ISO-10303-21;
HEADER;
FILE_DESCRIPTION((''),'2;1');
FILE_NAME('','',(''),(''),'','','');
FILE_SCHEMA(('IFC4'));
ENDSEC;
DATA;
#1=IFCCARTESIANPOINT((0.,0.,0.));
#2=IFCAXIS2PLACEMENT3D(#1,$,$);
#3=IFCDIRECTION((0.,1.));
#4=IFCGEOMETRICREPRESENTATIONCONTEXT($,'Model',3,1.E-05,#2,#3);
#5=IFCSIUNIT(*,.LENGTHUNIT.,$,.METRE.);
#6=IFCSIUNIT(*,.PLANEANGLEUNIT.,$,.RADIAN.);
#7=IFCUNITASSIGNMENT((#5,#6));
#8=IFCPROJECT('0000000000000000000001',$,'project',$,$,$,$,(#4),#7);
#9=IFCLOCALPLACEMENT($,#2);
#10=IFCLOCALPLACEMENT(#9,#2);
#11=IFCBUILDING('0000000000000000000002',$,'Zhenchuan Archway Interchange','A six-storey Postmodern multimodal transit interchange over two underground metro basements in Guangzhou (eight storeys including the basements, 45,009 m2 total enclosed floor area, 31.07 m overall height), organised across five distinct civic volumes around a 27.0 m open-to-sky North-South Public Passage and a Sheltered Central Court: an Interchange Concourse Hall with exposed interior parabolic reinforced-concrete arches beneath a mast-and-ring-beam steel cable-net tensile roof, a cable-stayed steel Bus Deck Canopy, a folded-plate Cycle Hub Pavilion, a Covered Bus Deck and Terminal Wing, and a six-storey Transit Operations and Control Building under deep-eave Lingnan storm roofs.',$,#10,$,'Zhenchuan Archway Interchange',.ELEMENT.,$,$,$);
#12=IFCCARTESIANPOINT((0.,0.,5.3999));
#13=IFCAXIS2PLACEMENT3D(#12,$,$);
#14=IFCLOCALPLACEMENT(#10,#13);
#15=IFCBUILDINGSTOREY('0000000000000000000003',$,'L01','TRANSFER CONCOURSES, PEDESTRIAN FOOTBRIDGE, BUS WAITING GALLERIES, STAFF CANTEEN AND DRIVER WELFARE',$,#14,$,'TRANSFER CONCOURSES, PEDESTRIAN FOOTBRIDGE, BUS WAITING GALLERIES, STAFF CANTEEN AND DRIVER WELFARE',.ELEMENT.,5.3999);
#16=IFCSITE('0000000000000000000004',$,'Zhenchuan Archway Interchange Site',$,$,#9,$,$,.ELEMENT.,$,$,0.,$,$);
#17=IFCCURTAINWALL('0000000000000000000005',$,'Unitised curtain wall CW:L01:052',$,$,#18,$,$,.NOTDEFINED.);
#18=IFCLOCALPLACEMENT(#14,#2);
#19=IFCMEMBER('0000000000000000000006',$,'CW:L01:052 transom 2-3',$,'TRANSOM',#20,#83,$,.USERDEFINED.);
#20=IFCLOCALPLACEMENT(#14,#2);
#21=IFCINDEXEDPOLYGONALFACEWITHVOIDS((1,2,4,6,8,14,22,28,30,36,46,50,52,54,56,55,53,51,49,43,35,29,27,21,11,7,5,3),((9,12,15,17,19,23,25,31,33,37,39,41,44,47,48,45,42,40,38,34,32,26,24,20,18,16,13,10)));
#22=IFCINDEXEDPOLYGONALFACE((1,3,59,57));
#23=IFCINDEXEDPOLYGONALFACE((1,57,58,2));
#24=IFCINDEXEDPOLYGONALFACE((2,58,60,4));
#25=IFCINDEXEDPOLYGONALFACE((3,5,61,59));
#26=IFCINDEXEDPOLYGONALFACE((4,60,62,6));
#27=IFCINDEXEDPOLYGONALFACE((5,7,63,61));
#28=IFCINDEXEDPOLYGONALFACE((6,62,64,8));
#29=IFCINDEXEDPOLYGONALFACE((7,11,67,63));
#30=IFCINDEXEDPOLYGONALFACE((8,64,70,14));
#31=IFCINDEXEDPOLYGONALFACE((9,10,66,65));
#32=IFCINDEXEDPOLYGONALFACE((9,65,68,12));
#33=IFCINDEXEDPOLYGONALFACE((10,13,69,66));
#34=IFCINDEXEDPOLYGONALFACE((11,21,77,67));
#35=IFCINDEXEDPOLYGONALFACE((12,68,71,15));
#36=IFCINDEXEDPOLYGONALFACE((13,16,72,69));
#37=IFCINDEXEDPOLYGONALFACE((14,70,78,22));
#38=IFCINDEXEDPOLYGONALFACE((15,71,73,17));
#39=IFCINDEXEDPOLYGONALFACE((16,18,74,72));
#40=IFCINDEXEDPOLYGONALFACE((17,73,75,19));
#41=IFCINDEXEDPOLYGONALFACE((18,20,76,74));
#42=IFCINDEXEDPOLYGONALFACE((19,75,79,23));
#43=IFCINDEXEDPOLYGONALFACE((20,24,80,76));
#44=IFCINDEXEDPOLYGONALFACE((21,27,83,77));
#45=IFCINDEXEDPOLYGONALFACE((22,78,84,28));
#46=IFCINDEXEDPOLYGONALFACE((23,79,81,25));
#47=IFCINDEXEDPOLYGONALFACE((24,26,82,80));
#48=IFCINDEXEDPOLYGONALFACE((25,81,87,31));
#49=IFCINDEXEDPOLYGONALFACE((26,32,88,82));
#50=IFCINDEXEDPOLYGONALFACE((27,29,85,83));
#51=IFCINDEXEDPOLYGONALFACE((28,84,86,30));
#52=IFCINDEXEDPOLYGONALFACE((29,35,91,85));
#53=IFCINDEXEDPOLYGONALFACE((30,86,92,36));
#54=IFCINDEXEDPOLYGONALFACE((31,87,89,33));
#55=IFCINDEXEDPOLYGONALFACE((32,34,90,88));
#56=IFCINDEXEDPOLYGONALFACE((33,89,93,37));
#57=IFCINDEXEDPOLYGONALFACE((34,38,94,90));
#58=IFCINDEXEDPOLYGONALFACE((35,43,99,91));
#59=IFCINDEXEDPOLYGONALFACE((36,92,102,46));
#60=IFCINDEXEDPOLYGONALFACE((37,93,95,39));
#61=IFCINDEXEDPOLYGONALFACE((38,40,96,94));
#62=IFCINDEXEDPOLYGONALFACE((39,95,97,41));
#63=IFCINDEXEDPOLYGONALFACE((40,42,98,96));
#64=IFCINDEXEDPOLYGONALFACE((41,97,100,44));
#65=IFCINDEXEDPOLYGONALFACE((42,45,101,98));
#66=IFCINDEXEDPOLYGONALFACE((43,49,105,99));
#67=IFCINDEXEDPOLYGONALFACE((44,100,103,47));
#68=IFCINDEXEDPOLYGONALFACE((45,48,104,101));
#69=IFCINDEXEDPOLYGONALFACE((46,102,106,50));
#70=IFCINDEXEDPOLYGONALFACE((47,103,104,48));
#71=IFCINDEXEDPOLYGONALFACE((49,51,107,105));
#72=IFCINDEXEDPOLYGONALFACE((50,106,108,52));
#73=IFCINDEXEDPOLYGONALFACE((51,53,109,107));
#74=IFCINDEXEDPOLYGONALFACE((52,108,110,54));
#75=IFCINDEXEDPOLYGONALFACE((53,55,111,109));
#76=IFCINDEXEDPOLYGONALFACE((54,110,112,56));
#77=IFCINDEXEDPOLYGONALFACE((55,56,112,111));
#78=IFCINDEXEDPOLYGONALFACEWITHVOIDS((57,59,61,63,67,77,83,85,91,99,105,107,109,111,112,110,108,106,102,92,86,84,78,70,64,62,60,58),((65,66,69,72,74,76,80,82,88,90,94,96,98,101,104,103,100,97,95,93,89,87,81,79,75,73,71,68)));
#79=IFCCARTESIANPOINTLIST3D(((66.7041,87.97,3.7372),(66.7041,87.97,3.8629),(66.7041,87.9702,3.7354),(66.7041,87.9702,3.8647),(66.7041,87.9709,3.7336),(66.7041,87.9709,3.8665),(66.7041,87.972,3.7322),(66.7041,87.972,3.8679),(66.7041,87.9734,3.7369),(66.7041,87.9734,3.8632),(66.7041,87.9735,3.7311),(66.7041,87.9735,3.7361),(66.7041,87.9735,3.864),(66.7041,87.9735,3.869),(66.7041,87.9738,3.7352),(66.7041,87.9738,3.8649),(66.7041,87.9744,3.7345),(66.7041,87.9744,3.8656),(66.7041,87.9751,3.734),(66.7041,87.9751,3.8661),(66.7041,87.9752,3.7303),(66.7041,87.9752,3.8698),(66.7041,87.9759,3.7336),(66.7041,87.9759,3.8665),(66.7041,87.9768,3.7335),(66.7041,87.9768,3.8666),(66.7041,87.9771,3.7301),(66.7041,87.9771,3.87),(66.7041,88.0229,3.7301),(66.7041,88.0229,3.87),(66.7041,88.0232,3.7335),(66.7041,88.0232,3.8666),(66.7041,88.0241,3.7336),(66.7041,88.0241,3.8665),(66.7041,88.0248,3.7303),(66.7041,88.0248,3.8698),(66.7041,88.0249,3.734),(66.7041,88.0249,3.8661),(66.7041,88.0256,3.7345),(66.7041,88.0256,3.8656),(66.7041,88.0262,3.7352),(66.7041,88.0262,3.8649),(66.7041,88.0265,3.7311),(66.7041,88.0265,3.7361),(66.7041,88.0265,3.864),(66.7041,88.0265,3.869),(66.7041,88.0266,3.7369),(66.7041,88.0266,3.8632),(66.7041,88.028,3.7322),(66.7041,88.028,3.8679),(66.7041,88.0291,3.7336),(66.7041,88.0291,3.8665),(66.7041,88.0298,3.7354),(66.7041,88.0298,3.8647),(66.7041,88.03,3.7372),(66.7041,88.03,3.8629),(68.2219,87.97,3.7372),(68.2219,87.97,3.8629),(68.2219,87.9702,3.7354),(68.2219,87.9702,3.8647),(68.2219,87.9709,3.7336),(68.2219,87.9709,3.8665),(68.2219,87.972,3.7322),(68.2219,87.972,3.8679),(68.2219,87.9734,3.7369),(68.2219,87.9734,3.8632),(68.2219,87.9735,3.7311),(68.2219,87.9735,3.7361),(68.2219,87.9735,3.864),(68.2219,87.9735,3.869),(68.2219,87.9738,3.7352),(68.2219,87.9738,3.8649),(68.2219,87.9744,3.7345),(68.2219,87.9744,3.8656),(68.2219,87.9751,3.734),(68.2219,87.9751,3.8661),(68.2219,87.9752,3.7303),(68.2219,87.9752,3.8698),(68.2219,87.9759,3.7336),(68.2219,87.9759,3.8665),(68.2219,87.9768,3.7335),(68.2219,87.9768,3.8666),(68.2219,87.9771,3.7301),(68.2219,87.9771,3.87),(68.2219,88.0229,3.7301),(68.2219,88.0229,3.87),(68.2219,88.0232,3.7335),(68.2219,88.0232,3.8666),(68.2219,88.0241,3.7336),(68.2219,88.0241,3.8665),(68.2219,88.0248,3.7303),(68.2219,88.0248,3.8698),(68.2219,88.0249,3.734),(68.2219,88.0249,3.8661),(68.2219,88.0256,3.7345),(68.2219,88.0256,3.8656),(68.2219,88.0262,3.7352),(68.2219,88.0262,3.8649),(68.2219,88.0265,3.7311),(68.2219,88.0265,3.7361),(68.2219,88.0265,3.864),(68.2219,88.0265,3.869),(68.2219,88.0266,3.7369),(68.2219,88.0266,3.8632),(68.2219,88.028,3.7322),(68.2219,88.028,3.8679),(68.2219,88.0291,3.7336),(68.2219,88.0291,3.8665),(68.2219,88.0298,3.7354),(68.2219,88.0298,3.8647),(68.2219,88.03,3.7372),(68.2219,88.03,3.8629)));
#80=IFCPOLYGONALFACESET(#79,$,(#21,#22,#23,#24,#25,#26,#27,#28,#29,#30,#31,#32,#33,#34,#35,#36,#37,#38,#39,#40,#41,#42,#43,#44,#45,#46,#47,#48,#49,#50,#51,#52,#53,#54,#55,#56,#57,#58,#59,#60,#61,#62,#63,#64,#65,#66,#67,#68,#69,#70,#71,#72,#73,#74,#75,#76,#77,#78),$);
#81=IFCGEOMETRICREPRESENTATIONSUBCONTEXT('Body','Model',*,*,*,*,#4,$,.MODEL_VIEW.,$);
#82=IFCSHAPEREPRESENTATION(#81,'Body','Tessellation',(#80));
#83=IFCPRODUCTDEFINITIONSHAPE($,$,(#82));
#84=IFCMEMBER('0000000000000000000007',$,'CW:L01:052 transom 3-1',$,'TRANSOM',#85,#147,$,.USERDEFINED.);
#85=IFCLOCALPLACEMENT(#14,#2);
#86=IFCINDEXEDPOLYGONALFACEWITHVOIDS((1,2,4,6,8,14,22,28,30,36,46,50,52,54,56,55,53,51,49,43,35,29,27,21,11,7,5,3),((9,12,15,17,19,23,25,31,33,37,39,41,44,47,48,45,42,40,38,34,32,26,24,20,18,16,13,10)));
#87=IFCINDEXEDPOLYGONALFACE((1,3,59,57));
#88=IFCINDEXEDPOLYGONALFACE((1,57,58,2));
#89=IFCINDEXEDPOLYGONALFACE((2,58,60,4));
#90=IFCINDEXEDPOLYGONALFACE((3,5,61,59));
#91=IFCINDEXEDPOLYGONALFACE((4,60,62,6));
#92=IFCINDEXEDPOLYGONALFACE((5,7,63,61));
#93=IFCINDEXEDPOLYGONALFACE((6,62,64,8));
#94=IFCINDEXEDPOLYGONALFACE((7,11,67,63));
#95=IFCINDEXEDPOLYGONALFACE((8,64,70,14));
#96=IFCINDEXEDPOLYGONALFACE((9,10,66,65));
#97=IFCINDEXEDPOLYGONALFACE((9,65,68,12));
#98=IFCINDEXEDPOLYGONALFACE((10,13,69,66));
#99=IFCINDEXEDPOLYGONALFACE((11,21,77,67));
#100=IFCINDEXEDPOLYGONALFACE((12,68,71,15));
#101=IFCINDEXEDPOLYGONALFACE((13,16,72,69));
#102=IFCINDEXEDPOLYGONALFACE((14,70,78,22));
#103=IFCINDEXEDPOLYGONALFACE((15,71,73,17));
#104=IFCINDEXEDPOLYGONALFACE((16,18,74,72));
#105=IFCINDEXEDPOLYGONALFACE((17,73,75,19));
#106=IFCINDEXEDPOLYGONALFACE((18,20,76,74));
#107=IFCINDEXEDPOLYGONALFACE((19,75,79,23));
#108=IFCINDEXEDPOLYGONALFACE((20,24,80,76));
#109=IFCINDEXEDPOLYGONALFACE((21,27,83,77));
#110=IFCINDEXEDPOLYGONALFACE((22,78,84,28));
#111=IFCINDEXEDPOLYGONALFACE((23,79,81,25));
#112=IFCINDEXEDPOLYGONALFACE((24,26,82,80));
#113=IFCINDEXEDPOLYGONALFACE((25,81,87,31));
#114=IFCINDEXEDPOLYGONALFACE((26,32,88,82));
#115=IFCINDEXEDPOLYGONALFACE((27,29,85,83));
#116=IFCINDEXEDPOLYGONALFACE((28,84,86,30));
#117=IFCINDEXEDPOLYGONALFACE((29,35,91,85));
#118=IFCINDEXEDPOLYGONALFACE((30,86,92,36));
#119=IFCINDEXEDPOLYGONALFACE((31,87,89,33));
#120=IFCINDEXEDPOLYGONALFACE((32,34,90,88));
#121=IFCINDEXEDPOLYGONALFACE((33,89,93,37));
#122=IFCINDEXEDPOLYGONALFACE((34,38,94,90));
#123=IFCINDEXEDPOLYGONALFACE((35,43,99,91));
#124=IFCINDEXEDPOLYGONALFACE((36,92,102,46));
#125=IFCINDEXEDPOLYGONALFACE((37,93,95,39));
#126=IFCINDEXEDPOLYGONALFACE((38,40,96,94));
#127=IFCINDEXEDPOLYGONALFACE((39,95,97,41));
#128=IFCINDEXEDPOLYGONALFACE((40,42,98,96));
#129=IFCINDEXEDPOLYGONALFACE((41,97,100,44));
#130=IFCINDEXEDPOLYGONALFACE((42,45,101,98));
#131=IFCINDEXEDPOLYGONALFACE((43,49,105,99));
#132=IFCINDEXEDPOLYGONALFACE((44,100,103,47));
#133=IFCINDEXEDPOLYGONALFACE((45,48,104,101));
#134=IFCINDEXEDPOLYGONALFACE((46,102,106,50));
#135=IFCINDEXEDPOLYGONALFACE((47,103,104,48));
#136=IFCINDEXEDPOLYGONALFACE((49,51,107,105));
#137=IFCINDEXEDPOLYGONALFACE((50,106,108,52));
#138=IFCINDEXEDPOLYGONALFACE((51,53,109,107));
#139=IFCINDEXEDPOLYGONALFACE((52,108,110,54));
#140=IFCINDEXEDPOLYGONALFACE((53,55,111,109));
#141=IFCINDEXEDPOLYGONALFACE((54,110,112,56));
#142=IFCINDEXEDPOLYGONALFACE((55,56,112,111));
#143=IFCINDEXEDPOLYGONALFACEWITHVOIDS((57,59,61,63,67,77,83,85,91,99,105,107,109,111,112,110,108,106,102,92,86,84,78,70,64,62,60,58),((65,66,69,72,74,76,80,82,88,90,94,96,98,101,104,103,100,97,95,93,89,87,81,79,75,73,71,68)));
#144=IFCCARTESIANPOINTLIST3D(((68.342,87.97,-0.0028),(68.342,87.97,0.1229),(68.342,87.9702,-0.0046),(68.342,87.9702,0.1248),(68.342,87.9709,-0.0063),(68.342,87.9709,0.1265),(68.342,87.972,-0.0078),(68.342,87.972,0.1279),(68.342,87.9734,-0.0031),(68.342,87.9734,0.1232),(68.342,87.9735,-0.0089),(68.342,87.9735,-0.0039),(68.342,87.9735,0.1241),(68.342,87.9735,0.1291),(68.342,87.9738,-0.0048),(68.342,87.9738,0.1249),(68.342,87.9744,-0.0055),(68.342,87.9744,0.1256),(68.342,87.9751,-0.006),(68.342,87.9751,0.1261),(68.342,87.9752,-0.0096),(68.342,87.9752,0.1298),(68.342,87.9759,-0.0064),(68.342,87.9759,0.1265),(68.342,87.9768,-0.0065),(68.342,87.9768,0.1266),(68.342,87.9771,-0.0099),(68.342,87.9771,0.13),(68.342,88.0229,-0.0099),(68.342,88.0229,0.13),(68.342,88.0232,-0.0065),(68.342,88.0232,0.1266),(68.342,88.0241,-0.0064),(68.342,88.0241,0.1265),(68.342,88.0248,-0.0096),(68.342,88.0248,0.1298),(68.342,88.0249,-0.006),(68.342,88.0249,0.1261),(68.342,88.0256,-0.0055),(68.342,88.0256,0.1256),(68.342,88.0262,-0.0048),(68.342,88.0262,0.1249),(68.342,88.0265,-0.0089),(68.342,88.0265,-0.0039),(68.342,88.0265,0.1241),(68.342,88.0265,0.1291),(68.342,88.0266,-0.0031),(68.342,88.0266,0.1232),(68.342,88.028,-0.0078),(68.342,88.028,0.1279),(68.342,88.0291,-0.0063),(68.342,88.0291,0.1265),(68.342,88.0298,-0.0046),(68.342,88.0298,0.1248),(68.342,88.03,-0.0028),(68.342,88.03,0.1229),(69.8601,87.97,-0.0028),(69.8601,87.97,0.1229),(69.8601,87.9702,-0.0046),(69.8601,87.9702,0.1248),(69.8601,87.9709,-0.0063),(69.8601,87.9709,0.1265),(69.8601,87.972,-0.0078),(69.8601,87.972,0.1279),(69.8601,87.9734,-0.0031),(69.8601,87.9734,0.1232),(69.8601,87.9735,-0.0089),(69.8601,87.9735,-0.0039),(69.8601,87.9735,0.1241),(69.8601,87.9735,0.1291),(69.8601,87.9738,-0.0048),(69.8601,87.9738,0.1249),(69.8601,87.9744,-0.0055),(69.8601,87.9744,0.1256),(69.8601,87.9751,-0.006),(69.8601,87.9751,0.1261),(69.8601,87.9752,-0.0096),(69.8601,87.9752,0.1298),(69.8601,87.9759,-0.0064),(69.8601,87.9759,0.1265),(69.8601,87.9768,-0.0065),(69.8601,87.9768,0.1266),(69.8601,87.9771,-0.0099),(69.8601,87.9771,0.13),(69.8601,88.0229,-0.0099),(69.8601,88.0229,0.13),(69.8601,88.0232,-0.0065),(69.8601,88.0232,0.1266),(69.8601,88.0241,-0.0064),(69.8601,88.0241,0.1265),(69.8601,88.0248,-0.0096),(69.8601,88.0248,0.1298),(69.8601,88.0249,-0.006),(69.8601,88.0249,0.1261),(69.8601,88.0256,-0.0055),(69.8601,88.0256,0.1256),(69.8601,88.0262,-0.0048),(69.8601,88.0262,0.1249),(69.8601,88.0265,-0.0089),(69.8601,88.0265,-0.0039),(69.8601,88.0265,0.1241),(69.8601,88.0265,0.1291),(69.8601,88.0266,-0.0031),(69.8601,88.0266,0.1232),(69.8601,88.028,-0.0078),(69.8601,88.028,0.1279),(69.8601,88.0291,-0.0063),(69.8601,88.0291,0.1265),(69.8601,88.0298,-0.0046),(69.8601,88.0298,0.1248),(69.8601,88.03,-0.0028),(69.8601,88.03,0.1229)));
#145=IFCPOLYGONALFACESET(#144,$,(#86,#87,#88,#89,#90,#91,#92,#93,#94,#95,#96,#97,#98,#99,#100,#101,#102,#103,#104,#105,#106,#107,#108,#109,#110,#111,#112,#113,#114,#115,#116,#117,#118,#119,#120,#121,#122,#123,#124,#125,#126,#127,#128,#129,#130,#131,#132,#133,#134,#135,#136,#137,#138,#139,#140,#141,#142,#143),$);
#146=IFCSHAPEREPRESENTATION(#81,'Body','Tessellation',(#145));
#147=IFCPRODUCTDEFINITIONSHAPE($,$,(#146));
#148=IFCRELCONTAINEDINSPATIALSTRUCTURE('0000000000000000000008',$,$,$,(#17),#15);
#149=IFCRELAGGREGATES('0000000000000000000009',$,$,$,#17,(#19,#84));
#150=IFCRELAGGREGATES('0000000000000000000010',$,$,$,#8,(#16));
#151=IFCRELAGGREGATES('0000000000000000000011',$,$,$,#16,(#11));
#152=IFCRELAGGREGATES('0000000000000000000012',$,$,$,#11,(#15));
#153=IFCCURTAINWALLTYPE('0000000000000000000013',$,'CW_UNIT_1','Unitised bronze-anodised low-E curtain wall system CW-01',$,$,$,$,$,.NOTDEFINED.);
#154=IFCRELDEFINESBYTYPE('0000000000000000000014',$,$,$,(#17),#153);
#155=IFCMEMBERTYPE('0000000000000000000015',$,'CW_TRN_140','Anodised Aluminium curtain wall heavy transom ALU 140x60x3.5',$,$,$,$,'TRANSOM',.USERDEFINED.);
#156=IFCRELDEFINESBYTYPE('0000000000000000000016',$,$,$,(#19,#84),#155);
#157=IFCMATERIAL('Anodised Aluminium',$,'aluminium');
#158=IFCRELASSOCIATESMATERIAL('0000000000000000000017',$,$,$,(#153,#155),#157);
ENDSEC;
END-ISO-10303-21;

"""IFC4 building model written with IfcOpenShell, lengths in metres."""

from ifc_helpers import new_model, si_unit, direction, frame, origin, origin_2d, place, context, subcontext, project, spatial, hollow_rectangle, extrude, material, material_profile, profile_set, type_object, element, aggregate, save


model = new_model("IFC4")

# Units and contexts
model_context = context("Model", 3, precision=1e-05, world=origin(), true_north=direction((0.0, 1.0)))
body_context = subcontext(model_context, "Body", "Model", "MODEL_VIEW")
ifc_project = project(units=[si_unit("LENGTHUNIT", "METRE"), si_unit("PLANEANGLEUNIT", "RADIAN")], contexts=[model_context])

# Site, building, storey
site_placement = place(None, origin())
site = spatial("IfcSite", under=ifc_project, at=site_placement, Name="Zhenchuan Archway Interchange Site", CompositionType="ELEMENT", RefElevation=0.0)
building_placement = place(site_placement, origin())
building = spatial("IfcBuilding", under=site, at=building_placement, Name="Zhenchuan Archway Interchange", Description="A six-storey Postmodern multimodal transit interchange over two underground metro basements in Guangzhou (eight storeys including the basements, 45,009 m2 total enclosed floor area, 31.07 m overall height), organised across five distinct civic volumes around a 27.0 m open-to-sky North-South Public Passage and a Sheltered Central Court: an Interchange Concourse Hall with exposed interior parabolic reinforced-concrete arches beneath a mast-and-ring-beam steel cable-net tensile roof, a cable-stayed steel Bus Deck Canopy, a folded-plate Cycle Hub Pavilion, a Covered Bus Deck and Terminal Wing, and a six-storey Transit Operations and Control Building under deep-eave Lingnan storm roofs.", LongName="Zhenchuan Archway Interchange", CompositionType="ELEMENT")
storey_placement = place(building_placement, frame((0.0, 0.0, 5.3999)))
storey = spatial("IfcBuildingStorey", under=building, at=storey_placement, Name="L01", Description="TRANSFER CONCOURSES, PEDESTRIAN FOOTBRIDGE, BUS WAITING GALLERIES, STAFF CANTEEN AND DRIVER WELFARE", LongName="TRANSFER CONCOURSES, PEDESTRIAN FOOTBRIDGE, BUS WAITING GALLERIES, STAFF CANTEEN AND DRIVER WELFARE", CompositionType="ELEMENT", Elevation=5.3999)

# Curtain wall, members
ifc_material_1 = material(Name="Anodised Aluminium", Category="aluminium")
curtain_wall_type = type_object("IfcCurtainWallType", Name="CW_UNIT_1", Description="Unitised bronze-anodised low-E curtain wall system CW-01", PredefinedType="NOTDEFINED", material=ifc_material_1)
curtain_wall_placement = place(storey_placement, origin())
curtain_wall = element("IfcCurtainWall", 1, at=curtain_wall_placement, inside=storey, type_object=curtain_wall_type, Name="Unitised curtain wall CW:L01:052", PredefinedType="NOTDEFINED")
ifc_material_profile_1 = material_profile(ifc_material_1, hollow_rectangle(XDim=0.0601, YDim=0.1399, WallThickness=0.0034, InnerFilletRadius=0.0034, OuterFilletRadius=0.0071, at=origin_2d()), Name="ALU 140x60x3.5")
ifc_profile_set_1 = profile_set([ifc_material_profile_1], Name="Anodised Aluminium")
member_type_1 = type_object("IfcMemberType", Name="CW_TRN_140", Description="Anodised Aluminium curtain wall heavy transom ALU 140x60x3.5", ElementType="TRANSOM", PredefinedType="USERDEFINED", material=ifc_profile_set_1)
member_1_placement = place(storey_placement, frame((66.7041, 88.0, 3.8), z_axis=(1.0, 0.0, 0.0), x_axis=(0.0, 1.0, 0.0)))
member_1 = element("IfcMember", 2, at=member_1_placement, type_object=member_type_1, Name="CW:L01:052 transom 2-3", ObjectType="TRANSOM", PredefinedType="USERDEFINED", context=body_context, shape_type="SweptSolid", body=[
    extrude(hollow_rectangle(XDim=0.0601, YDim=0.1399, WallThickness=0.0034, InnerFilletRadius=0.0034, OuterFilletRadius=0.0071, at=origin_2d()), origin(), (0.0, 0.0, 1.0), 1.5178),
])
member_2_placement = place(storey_placement, frame((68.342, 88.0, 0.0601), z_axis=(1.0, 0.0, 0.0), x_axis=(0.0, 1.0, 0.0)))
member_2 = element("IfcMember", 3, at=member_2_placement, type_object=member_type_1, Name="CW:L01:052 transom 3-1", ObjectType="TRANSOM", PredefinedType="USERDEFINED", context=body_context, shape_type="SweptSolid", body=[
    extrude(hollow_rectangle(XDim=0.0601, YDim=0.1399, WallThickness=0.0034, InnerFilletRadius=0.0034, OuterFilletRadius=0.0071, at=origin_2d()), origin(), (0.0, 0.0, 1.0), 1.5181),
])

aggregate(curtain_wall, [member_1, member_2])

save(model, "model.ifc")
